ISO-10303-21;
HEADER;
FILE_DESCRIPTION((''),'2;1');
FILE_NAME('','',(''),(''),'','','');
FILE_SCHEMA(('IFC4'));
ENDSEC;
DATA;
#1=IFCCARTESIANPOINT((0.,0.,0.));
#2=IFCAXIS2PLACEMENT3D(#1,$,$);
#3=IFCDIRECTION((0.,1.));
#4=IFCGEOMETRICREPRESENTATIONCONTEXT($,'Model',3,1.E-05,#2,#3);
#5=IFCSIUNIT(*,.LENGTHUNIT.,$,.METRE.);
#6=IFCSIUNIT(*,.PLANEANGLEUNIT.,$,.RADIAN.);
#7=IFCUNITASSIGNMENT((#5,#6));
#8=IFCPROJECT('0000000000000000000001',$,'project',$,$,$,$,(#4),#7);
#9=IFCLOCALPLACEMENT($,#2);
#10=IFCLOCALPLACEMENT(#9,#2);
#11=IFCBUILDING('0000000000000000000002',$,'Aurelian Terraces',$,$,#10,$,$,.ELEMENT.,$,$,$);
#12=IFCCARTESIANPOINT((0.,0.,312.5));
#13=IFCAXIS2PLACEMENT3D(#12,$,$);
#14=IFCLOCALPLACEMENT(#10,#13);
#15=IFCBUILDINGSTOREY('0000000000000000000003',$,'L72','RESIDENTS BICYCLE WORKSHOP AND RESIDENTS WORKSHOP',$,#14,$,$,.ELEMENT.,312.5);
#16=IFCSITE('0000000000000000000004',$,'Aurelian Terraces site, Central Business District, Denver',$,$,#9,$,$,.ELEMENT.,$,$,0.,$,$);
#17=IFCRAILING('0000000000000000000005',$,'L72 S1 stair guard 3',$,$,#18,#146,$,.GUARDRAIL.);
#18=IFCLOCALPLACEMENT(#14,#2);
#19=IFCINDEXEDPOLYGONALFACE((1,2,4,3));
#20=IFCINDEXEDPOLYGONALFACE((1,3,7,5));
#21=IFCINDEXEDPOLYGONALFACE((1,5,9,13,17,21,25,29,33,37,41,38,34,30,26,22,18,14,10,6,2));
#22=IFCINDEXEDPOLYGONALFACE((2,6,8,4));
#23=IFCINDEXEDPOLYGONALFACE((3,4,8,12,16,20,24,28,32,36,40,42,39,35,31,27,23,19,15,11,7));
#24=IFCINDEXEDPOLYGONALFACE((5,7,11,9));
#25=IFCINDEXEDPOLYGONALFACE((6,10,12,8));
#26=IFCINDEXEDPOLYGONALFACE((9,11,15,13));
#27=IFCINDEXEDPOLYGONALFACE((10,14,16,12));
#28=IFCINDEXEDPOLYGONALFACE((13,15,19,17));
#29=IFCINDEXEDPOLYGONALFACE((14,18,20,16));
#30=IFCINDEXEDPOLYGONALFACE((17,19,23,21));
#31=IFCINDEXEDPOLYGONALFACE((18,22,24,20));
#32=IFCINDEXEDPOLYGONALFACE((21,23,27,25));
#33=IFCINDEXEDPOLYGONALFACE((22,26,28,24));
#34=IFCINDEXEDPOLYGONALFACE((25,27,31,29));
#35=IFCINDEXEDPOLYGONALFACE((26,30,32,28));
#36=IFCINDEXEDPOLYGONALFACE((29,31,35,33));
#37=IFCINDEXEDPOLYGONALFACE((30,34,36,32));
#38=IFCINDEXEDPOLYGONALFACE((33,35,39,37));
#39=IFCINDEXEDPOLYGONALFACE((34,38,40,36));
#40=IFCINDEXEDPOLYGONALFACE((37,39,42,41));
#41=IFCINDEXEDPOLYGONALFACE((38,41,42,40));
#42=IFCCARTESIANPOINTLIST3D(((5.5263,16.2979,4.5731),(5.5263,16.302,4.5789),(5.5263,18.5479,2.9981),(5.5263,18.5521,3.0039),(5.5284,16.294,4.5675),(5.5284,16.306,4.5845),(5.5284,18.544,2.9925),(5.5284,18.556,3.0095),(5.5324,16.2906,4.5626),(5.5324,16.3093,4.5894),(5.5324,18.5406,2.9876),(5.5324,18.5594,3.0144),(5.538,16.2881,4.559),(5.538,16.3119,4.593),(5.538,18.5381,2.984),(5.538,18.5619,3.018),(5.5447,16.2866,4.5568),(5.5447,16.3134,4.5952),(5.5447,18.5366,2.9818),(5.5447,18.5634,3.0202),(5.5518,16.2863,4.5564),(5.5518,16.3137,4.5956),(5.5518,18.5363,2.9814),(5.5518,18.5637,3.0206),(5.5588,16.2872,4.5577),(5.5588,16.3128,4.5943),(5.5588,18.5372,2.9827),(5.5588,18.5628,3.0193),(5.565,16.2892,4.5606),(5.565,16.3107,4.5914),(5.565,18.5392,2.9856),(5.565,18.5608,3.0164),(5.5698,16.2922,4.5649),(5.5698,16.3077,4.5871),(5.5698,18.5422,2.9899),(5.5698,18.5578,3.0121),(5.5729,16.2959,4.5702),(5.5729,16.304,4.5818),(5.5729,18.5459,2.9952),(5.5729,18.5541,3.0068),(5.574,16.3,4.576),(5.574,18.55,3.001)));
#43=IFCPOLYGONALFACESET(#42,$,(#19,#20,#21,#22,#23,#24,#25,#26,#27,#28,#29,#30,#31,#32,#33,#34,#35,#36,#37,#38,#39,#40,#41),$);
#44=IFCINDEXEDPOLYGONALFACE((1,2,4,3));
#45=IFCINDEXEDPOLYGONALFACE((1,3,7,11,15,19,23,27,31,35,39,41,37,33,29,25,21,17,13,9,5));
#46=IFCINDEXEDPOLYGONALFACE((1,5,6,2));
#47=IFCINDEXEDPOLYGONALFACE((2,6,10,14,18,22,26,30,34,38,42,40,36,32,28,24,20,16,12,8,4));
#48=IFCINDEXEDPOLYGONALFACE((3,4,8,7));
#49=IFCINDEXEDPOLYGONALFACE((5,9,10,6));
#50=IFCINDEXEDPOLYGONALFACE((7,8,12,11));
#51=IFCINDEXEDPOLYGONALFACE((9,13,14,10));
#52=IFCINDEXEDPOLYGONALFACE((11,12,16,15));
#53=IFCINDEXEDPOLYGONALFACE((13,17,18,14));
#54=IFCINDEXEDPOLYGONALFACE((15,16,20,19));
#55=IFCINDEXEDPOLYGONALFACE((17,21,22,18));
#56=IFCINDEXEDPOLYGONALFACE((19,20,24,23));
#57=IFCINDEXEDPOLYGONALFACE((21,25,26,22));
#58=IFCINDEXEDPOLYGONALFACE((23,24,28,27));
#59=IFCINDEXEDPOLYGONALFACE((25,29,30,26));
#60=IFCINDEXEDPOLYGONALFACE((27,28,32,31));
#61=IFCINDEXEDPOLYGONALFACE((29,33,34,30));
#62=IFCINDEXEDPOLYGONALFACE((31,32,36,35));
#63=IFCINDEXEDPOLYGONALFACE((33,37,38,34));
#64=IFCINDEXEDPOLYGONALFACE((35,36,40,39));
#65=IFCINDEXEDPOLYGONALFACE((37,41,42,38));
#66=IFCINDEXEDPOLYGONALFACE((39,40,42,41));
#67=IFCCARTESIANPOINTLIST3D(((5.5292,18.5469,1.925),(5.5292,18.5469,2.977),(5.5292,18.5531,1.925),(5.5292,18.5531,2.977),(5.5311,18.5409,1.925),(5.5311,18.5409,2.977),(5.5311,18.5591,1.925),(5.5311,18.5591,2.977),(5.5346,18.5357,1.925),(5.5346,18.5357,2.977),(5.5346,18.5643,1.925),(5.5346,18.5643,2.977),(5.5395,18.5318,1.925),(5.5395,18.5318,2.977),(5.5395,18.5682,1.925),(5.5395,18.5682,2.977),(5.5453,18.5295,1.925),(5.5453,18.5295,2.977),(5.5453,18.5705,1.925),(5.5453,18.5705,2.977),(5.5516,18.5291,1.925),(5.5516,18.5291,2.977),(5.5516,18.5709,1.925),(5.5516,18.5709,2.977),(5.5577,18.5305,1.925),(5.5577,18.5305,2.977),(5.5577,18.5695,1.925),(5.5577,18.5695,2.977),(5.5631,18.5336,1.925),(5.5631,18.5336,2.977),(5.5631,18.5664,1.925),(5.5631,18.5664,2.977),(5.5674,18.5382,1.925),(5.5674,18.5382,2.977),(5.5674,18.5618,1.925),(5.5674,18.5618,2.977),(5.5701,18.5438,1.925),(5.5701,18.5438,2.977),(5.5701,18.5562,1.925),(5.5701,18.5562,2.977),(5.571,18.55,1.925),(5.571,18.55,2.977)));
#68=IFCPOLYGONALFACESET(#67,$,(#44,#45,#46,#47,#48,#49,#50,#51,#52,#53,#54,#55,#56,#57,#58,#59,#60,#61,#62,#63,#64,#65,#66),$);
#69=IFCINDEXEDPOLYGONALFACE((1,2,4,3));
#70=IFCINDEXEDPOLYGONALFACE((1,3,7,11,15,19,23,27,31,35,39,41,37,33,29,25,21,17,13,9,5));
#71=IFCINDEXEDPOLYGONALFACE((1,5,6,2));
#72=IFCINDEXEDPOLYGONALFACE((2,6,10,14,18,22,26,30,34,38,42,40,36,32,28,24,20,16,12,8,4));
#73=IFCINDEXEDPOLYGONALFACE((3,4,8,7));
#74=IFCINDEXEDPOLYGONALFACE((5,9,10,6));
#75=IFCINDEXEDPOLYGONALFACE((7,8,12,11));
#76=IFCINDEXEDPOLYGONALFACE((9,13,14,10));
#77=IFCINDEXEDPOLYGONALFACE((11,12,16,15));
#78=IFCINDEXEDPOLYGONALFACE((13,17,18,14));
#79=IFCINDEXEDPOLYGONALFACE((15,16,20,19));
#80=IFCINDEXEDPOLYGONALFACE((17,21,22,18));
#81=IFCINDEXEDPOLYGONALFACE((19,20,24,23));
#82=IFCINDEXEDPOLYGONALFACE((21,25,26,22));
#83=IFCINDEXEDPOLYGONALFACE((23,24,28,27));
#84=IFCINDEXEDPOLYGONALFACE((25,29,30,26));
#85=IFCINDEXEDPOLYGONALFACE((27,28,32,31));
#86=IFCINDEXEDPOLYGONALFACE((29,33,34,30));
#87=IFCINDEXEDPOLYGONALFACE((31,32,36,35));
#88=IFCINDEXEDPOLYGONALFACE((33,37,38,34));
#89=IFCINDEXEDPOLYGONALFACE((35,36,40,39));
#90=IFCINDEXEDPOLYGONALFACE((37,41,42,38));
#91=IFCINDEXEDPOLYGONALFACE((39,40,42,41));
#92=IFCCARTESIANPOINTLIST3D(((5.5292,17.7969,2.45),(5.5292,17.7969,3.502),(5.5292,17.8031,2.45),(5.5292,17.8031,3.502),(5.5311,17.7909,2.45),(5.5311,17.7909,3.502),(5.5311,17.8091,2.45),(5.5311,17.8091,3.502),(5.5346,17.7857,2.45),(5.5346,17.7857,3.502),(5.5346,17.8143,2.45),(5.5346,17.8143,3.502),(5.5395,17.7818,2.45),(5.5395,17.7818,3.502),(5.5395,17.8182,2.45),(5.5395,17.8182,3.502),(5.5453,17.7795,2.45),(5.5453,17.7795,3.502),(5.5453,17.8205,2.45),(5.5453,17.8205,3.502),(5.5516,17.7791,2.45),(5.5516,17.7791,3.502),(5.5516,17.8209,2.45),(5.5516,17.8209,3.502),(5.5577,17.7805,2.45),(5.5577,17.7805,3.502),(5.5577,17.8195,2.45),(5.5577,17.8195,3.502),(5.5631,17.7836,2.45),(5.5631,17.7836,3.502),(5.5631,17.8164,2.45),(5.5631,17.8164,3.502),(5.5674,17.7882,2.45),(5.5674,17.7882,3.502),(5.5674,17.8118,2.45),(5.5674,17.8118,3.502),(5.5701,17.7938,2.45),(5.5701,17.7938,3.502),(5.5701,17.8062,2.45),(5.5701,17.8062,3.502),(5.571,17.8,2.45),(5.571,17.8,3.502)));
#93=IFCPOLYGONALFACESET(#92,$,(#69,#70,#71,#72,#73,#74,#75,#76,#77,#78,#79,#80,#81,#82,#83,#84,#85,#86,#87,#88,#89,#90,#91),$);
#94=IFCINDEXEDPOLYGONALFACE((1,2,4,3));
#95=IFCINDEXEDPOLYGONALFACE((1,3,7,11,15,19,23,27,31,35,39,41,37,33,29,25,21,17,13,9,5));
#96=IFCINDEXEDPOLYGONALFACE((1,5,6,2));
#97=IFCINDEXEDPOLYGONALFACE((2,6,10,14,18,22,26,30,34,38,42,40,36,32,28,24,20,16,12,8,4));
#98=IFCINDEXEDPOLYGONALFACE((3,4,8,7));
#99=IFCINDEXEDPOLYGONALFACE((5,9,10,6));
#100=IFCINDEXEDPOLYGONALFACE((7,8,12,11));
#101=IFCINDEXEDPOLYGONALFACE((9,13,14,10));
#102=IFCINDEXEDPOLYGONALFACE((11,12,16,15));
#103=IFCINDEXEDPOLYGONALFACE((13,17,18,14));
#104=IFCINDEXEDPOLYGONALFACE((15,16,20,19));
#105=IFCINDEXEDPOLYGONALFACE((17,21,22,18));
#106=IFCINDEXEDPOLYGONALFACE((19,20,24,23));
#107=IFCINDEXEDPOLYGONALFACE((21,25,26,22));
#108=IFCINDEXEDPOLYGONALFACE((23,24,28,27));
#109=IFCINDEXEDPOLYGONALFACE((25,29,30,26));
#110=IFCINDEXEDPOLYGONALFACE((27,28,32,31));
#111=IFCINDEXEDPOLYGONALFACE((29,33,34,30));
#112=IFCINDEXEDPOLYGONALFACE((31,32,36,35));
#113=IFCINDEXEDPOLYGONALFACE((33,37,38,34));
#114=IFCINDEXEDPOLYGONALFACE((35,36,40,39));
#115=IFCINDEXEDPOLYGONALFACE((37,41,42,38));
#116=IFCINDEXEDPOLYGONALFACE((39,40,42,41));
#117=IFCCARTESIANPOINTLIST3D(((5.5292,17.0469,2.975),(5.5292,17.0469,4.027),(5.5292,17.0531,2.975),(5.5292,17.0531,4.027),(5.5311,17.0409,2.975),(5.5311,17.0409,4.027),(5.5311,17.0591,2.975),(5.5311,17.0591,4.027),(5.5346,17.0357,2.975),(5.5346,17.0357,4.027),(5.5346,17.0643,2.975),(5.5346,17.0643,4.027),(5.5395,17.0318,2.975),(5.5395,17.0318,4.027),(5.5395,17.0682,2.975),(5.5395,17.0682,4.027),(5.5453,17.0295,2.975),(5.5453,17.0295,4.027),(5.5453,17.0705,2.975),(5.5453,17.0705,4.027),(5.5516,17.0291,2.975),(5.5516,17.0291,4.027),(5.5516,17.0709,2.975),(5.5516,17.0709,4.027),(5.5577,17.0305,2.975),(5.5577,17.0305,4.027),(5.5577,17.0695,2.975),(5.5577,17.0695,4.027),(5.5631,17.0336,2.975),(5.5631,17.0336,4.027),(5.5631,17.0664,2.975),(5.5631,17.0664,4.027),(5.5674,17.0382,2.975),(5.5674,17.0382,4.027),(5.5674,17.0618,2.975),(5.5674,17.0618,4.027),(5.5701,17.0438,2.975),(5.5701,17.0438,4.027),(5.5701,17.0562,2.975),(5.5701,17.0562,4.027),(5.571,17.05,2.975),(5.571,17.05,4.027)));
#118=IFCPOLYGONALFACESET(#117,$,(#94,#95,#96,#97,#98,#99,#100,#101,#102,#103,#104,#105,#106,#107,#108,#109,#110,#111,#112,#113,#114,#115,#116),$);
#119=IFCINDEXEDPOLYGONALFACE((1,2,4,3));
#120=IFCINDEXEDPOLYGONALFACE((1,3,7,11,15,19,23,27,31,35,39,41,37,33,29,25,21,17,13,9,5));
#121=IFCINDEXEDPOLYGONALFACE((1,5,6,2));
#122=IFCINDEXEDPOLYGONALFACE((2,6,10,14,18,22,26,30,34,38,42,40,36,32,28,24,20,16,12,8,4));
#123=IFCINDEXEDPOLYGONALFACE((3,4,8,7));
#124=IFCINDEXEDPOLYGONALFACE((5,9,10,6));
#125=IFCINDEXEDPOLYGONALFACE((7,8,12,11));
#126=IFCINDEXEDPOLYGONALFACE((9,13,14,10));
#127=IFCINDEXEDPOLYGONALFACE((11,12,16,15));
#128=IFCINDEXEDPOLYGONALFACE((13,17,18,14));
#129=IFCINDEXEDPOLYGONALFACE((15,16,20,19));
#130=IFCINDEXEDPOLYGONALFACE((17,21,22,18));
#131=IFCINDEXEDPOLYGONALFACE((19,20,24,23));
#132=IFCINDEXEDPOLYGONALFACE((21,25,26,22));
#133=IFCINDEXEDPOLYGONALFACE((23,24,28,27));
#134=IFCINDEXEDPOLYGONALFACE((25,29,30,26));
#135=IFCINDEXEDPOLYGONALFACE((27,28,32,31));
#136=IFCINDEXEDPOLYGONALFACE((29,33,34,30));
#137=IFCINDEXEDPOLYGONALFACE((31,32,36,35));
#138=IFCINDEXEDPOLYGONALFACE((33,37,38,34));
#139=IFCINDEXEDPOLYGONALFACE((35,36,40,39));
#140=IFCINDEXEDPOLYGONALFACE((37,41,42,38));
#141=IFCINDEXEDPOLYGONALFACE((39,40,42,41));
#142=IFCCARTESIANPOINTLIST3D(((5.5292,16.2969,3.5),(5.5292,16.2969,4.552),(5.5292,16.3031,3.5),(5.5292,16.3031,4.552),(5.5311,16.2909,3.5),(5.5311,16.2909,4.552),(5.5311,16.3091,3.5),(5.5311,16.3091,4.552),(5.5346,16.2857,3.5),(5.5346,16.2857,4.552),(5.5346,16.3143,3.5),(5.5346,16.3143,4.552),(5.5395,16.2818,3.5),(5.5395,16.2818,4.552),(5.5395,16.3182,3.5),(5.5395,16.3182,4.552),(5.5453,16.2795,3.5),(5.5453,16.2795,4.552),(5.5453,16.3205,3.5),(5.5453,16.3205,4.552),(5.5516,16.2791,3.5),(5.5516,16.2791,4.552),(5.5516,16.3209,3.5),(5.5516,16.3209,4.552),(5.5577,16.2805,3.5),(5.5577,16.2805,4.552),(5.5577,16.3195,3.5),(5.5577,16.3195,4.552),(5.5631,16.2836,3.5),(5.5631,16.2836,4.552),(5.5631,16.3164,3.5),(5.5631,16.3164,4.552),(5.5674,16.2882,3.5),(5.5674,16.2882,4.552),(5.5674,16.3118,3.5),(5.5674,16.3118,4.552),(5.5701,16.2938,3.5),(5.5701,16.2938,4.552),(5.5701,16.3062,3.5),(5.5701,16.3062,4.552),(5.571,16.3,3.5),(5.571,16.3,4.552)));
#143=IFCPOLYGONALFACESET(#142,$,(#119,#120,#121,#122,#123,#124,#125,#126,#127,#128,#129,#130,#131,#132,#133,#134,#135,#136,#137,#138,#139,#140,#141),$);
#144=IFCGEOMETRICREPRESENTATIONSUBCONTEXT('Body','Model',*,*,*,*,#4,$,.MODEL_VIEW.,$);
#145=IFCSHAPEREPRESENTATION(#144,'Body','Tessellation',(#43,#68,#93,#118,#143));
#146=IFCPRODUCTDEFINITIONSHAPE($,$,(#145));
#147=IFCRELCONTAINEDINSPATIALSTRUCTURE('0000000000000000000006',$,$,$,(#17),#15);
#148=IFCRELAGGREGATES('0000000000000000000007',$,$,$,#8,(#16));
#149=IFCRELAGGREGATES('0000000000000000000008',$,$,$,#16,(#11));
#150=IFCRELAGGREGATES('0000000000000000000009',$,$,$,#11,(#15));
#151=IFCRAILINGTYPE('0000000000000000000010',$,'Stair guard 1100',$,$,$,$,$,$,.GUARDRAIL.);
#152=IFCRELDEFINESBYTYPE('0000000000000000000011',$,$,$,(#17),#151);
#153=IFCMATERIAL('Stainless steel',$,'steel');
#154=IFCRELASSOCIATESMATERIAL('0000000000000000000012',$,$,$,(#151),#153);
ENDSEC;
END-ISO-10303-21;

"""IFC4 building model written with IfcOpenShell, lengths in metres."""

from ifc_helpers import new_model, si_unit, direction, frame, origin, origin_2d, place, context, subcontext, project, spatial, circle, extrude, source, transform, mapped, material, type_object, element, save


model = new_model("IFC4")

# Units and contexts
model_context = context("Model", 3, precision=1e-05, world=origin(), true_north=direction((0.0, 1.0)))
body_context = subcontext(model_context, "Body", "Model", "MODEL_VIEW")
ifc_project = project(units=[si_unit("LENGTHUNIT", "METRE"), si_unit("PLANEANGLEUNIT", "RADIAN")], contexts=[model_context])

# Site, building, storey
site_placement = place(None, origin())
site = spatial("IfcSite", under=ifc_project, at=site_placement, Name="Aurelian Terraces site, Central Business District, Denver", CompositionType="ELEMENT", RefElevation=0.0)
building_placement = place(site_placement, origin())
building = spatial("IfcBuilding", under=site, at=building_placement, Name="Aurelian Terraces", CompositionType="ELEMENT")
storey_placement = place(building_placement, frame((0.0, 0.0, 312.5)))
storey = spatial("IfcBuildingStorey", under=building, at=storey_placement, Name="L72", Description="RESIDENTS BICYCLE WORKSHOP AND RESIDENTS WORKSHOP", CompositionType="ELEMENT", Elevation=312.5)

# Railing
ifc_material_1 = material(Name="Stainless steel", Category="steel")
railing_type_1 = type_object("IfcRailingType", Name="Stair guard 1100", PredefinedType="GUARDRAIL", material=ifc_material_1)
shared_shape_1 = source(origin(), body_context, "Body", "SweptSolid", [
    extrude(circle(Radius=0.024, at=origin_2d()), frame((0.0, 0.0, 1.076), z_axis=(0.0, -0.819232, 0.573462), x_axis=(1.0, 0.0, 0.0)), (0.0, 0.0, 1.0), 2.7465),
    extrude(circle(Radius=0.021, at=origin_2d()), origin(), (0.0, 0.0, 1.0), 1.052),
    extrude(circle(Radius=0.021, at=origin_2d()), frame((0.0, -0.75, 0.525)), (0.0, 0.0, 1.0), 1.052),
    extrude(circle(Radius=0.021, at=origin_2d()), frame((0.0, -1.5, 1.05)), (0.0, 0.0, 1.0), 1.052),
    extrude(circle(Radius=0.021, at=origin_2d()), frame((0.0, -2.25, 1.575)), (0.0, 0.0, 1.0), 1.052),
])
railing_1_placement = place(storey_placement, frame((5.55, 18.55, 1.925)))
element("IfcRailing", 1, at=railing_1_placement, inside=storey, type_object=railing_type_1, Name="L72 S1 stair guard 3", PredefinedType="GUARDRAIL", context=body_context, shape_type="MappedRepresentation", body=[
    mapped(shared_shape_1, transform((0.0, 0.0, 0.0), scale=1.0)),
])

save(model, "model.ifc")
